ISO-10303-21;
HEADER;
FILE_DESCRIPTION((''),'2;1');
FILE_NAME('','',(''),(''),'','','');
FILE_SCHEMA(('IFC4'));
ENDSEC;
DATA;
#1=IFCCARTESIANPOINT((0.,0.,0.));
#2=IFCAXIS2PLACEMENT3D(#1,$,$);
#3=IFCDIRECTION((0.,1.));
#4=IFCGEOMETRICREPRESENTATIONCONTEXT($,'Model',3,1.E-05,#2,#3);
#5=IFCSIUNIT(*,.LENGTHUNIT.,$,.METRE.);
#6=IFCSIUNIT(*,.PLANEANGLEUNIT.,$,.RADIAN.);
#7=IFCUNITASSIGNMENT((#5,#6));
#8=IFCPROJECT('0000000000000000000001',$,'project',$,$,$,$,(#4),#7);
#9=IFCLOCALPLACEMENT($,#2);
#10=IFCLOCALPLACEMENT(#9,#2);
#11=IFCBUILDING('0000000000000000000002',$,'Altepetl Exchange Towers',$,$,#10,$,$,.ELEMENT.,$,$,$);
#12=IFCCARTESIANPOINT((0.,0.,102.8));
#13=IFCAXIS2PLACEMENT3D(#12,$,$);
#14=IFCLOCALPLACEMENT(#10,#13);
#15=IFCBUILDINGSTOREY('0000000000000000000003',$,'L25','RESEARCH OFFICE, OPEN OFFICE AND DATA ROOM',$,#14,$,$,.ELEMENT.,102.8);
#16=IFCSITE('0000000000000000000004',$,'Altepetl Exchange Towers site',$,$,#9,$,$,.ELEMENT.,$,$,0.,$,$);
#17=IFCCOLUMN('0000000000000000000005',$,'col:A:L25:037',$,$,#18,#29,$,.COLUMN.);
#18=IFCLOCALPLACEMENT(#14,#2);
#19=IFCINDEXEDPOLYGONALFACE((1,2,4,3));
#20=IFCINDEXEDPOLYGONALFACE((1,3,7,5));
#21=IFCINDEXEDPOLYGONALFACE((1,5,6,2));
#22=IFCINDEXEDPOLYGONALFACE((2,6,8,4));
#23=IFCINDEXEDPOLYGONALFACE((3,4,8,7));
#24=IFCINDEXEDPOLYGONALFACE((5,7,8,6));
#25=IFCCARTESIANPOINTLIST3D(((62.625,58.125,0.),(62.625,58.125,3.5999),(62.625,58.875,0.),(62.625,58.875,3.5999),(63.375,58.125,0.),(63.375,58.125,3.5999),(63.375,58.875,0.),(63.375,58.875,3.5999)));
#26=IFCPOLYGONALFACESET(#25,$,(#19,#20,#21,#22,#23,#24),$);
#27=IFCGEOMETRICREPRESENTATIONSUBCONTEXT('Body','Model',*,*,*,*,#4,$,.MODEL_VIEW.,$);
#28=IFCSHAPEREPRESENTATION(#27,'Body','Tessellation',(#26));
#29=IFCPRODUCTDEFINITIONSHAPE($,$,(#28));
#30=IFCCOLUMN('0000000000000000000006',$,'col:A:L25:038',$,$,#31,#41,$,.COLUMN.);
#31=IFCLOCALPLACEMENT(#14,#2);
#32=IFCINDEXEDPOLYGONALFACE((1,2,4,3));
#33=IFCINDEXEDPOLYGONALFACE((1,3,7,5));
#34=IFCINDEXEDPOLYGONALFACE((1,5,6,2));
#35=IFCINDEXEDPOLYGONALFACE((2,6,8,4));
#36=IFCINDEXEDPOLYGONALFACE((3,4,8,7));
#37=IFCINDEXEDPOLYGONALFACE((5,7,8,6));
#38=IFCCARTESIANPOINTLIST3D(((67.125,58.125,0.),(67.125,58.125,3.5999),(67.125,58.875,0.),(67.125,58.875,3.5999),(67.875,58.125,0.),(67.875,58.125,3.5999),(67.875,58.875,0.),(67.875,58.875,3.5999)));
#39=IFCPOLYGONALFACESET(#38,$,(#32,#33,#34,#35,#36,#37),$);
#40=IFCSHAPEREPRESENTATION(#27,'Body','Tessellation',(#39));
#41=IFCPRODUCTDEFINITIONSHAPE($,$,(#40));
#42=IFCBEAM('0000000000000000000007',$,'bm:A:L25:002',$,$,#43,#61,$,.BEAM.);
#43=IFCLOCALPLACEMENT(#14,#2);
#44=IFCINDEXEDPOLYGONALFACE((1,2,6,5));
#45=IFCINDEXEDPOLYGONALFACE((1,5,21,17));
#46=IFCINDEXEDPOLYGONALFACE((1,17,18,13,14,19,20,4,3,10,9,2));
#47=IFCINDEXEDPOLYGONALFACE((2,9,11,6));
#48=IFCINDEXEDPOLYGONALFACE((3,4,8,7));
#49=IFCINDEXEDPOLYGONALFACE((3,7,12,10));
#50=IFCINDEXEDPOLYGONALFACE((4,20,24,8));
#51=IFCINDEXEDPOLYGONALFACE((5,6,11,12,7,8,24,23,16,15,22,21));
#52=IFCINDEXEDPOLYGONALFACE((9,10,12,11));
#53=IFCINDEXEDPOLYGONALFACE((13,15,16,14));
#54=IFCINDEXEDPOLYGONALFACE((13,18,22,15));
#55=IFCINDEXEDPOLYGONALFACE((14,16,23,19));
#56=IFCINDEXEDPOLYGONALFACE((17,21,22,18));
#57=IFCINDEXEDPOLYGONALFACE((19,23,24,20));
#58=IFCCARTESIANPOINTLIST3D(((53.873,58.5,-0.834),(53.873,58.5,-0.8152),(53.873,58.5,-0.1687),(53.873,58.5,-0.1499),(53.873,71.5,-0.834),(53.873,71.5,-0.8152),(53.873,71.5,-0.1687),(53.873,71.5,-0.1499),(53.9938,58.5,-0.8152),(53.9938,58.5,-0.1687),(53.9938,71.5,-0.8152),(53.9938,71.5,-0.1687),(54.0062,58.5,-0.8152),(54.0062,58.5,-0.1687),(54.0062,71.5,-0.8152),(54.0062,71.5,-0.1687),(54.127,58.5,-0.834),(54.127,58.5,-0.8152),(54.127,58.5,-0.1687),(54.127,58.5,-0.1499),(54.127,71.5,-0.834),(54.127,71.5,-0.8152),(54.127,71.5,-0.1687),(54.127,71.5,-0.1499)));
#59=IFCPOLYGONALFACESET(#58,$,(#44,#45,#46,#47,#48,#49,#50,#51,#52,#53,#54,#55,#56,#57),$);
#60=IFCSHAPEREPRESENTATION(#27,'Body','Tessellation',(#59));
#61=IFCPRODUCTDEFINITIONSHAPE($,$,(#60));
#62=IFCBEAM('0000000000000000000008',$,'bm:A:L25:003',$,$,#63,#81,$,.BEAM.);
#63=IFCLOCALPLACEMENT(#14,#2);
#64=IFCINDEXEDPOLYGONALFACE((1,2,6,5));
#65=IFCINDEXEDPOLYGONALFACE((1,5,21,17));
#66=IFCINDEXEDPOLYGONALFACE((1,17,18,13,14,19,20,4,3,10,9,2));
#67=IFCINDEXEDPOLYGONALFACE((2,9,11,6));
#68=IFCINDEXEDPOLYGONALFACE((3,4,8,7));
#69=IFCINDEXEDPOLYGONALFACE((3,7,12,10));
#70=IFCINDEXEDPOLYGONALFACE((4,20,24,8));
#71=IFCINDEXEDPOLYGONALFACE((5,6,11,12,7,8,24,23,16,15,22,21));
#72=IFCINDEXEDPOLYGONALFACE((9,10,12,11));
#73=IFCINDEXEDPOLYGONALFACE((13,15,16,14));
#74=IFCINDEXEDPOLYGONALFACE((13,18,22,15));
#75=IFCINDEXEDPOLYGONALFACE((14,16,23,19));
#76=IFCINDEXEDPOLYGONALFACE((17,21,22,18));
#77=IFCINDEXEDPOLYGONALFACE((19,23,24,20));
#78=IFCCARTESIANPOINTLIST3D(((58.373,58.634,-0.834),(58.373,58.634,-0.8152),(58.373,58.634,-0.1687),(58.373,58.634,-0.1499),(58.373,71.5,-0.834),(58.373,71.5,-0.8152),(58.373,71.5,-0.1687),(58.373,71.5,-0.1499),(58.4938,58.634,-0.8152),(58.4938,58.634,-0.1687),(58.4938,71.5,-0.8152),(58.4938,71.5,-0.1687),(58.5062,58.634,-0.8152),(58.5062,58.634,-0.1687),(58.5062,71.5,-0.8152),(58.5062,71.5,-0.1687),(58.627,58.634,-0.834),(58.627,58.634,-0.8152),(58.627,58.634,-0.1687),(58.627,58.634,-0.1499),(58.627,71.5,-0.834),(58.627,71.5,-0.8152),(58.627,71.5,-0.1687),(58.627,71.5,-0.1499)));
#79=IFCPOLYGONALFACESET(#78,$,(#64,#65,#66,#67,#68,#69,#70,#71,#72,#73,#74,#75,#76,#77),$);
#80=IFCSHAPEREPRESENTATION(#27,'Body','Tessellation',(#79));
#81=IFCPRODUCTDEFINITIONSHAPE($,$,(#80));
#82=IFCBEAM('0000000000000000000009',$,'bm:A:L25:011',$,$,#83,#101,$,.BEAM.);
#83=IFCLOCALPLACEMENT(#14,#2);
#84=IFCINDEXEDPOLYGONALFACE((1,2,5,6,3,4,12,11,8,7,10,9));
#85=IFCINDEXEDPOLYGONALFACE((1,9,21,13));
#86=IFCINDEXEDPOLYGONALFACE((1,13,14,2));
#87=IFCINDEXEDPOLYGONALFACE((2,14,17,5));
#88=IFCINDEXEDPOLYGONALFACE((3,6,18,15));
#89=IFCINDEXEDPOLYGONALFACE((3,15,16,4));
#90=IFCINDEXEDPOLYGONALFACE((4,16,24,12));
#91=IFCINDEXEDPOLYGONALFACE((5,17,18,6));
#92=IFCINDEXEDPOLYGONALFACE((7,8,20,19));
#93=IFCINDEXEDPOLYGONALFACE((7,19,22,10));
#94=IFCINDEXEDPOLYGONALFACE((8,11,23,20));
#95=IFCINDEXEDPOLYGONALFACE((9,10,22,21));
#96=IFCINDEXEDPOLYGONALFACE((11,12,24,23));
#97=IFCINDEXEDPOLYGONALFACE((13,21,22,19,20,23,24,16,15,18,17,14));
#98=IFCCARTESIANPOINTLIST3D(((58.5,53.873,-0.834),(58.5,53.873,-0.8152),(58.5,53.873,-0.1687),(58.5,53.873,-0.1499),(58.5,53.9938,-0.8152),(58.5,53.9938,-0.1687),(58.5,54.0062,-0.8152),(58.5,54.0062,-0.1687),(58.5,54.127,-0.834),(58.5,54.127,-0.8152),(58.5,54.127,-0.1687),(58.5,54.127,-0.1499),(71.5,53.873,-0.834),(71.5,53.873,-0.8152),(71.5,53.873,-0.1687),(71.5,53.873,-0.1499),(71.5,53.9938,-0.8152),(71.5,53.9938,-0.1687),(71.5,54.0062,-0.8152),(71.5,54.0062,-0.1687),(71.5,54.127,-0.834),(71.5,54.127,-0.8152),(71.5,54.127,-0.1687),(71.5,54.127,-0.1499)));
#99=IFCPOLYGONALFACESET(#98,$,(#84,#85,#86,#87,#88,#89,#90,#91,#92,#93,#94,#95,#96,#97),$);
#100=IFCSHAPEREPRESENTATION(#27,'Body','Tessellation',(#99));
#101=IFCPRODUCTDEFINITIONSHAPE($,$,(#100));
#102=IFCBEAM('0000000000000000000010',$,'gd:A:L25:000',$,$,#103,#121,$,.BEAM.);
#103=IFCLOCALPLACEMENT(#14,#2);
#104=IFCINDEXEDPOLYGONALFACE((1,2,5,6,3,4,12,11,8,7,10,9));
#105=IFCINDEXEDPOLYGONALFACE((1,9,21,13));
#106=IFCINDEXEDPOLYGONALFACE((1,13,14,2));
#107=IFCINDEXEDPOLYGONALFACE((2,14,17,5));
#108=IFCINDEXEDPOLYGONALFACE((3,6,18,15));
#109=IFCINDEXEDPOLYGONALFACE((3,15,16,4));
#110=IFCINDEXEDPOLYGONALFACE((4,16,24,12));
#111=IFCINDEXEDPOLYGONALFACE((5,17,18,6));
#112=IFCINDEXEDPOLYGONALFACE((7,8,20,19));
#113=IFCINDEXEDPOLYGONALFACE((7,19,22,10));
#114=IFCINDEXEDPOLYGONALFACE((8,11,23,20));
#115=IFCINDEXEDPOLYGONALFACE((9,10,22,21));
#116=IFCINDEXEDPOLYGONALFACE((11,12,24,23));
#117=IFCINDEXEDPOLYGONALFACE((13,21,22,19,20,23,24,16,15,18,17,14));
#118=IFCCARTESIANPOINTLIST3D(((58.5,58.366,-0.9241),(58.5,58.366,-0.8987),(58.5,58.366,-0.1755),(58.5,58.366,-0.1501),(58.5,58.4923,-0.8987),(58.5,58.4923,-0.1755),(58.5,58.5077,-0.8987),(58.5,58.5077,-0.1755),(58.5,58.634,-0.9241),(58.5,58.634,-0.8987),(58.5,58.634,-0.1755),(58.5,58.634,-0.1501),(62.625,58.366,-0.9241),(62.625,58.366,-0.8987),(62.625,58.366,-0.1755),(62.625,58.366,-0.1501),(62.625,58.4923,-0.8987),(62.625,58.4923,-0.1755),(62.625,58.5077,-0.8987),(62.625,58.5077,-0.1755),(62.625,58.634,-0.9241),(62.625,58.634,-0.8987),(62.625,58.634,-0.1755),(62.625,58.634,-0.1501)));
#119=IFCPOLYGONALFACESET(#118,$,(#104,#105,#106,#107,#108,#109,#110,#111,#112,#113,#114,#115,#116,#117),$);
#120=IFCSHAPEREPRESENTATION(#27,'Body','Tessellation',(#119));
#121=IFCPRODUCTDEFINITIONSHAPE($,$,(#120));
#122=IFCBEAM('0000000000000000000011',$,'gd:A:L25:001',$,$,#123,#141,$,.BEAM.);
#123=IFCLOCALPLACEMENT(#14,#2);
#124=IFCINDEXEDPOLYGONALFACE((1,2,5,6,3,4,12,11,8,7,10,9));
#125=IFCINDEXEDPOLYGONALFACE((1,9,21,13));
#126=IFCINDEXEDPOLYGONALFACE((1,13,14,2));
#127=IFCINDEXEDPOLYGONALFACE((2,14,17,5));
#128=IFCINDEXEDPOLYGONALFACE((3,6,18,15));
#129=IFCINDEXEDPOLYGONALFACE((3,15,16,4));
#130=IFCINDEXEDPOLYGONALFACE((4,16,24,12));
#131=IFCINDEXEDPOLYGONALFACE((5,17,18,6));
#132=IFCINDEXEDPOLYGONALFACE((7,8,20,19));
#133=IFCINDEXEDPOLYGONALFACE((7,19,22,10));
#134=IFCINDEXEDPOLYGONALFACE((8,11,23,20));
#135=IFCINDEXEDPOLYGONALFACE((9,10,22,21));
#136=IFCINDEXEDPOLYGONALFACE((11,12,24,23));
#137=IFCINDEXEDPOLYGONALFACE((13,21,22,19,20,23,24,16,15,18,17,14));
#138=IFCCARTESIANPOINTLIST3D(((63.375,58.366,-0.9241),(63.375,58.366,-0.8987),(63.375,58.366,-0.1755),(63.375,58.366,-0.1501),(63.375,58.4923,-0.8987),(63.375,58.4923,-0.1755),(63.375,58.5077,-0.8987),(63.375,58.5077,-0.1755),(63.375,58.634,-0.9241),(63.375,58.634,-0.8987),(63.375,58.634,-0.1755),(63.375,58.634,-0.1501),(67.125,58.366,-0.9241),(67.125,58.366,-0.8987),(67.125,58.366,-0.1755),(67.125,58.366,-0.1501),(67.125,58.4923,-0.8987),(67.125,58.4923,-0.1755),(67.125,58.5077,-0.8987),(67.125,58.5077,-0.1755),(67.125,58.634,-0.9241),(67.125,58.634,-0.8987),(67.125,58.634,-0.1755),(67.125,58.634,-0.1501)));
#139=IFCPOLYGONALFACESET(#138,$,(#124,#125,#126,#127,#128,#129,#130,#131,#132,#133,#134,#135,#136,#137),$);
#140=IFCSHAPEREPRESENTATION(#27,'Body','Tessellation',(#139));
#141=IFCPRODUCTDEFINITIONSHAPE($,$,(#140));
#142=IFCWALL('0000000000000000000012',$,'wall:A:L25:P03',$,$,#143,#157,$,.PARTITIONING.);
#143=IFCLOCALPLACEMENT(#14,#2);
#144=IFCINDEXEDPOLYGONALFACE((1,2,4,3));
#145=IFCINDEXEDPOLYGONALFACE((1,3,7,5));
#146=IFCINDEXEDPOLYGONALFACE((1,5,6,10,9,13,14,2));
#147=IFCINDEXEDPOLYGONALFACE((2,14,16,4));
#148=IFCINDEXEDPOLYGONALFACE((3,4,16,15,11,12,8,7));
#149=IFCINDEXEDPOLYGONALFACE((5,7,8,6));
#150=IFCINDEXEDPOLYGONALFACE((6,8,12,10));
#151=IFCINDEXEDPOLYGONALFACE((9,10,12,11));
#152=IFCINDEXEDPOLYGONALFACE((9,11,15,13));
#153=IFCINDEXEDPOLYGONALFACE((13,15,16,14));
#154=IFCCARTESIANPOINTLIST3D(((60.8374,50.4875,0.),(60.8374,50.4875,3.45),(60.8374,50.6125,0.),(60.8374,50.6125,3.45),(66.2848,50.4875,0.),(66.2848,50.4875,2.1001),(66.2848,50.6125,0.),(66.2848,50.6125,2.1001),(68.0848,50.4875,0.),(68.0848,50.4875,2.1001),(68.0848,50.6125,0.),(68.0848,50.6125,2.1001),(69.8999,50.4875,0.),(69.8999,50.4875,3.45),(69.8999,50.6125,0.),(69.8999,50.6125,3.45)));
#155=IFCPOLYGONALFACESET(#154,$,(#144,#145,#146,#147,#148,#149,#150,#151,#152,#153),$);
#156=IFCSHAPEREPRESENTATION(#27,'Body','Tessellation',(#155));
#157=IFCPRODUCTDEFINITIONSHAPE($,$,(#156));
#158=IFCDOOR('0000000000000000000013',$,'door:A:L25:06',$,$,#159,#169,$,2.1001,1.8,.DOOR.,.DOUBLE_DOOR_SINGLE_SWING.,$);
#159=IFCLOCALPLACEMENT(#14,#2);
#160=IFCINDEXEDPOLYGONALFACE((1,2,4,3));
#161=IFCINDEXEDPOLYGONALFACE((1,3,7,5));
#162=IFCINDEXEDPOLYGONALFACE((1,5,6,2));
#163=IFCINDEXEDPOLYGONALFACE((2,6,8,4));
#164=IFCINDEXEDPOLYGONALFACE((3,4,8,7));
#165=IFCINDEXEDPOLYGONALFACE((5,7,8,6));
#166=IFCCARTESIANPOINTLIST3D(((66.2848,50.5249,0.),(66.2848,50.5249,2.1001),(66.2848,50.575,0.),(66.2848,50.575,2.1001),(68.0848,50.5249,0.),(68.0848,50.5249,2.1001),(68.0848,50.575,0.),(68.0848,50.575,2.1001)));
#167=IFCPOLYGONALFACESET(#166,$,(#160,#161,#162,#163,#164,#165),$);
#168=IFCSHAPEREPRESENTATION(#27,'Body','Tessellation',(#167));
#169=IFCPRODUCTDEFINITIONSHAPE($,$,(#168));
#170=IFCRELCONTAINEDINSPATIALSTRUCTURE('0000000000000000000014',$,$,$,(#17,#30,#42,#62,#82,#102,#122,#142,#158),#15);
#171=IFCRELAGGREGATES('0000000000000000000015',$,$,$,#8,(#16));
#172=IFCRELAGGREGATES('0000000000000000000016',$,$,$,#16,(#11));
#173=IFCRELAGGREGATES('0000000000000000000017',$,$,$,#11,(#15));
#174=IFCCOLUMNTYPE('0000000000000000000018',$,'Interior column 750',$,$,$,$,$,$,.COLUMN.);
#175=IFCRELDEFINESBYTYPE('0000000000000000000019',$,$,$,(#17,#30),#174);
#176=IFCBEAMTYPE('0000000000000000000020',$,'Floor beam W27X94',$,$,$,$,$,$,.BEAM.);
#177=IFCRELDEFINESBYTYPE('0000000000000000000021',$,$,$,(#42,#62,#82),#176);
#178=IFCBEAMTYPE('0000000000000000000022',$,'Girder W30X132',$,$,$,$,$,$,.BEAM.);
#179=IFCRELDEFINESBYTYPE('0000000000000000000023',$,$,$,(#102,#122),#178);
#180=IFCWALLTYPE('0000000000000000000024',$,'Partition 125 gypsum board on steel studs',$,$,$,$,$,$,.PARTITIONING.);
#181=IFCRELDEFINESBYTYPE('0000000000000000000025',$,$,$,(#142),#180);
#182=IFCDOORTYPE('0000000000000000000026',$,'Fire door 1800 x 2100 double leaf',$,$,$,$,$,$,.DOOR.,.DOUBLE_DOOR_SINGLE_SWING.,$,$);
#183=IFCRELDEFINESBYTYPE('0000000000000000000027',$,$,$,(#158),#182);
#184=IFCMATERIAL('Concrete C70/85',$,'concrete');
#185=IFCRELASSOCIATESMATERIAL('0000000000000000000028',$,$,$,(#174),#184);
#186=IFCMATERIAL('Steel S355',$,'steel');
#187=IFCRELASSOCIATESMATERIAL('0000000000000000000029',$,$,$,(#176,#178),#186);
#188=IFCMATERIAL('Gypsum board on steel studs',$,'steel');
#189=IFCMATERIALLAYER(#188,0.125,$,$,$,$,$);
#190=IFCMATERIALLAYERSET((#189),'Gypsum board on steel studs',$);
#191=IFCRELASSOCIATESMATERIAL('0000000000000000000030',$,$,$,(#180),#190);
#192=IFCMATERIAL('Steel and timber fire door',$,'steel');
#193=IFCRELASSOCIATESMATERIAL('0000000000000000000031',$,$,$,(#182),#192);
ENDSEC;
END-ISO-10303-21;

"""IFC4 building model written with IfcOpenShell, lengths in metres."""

from ifc_helpers import new_model, si_unit, direction, frame, frame_2d, origin, origin_2d, place, context, subcontext, project, spatial, rectangle, i_section, extrude, material, layer, layer_set, material_profile, profile_set, type_object, element, fill, save


model = new_model("IFC4")

# Units and contexts
model_context = context("Model", 3, precision=1e-05, world=origin(), true_north=direction((0.0, 1.0)))
body_context = subcontext(model_context, "Body", "Model", "MODEL_VIEW")
ifc_project = project(units=[si_unit("LENGTHUNIT", "METRE"), si_unit("PLANEANGLEUNIT", "RADIAN")], contexts=[model_context])

# Site, building, storey
site_placement = place(None, origin())
site = spatial("IfcSite", under=ifc_project, at=site_placement, Name="Altepetl Exchange Towers site", CompositionType="ELEMENT", RefElevation=0.0)
building_placement = place(site_placement, origin())
building = spatial("IfcBuilding", under=site, at=building_placement, Name="Altepetl Exchange Towers", CompositionType="ELEMENT")
storey_placement = place(building_placement, frame((0.0, 0.0, 102.8)))
storey = spatial("IfcBuildingStorey", under=building, at=storey_placement, Name="L25", Description="RESEARCH OFFICE, OPEN OFFICE AND DATA ROOM", CompositionType="ELEMENT", Elevation=102.8)

# Columns
ifc_material_1 = material(Name="Concrete C70/85", Category="concrete")
ifc_material_profile_1 = material_profile(ifc_material_1, rectangle(XDim=0.75, YDim=0.75, at=origin_2d()), Name="750 x 750")
ifc_profile_set_1 = profile_set([ifc_material_profile_1], Name="Concrete C70/85")
column_type = type_object("IfcColumnType", Name="Interior column 750", PredefinedType="COLUMN", material=ifc_profile_set_1)
for number, where, name in (
    (1, (63.0, 58.5, 0.0), "col:A:L25:037"),
    (2, (67.5, 58.5, 0.0), "col:A:L25:038"),
):
    element("IfcColumn", number, at=place(storey_placement, frame(where)), inside=storey, type_object=column_type, Name=name, PredefinedType="COLUMN", context=body_context, shape_type="SweptSolid", body=[
        extrude(rectangle(XDim=0.75, YDim=0.75, at=origin_2d()), origin(), (0.0, 0.0, 1.0), 3.5999),
    ])

# Beams
ifc_material_2 = material(Name="Steel S355", Category="steel")
ifc_material_profile_2 = material_profile(ifc_material_2, i_section(OverallWidth=0.2539, OverallDepth=0.6841, WebThickness=0.0125, FlangeThickness=0.0188, at=origin_2d()), Name="W27X94")
ifc_profile_set_2 = profile_set([ifc_material_profile_2], Name="Steel S355")
beam_type_1 = type_object("IfcBeamType", Name="Floor beam W27X94", PredefinedType="BEAM", material=ifc_profile_set_2)
beam_1_placement = place(storey_placement, frame((54.0, 58.5, -0.4919), z_axis=(0.0, 1.0, 0.0), x_axis=(-1.0, 0.0, 0.0)))
element("IfcBeam", 3, at=beam_1_placement, inside=storey, type_object=beam_type_1, Name="bm:A:L25:002", PredefinedType="BEAM", context=body_context, shape_type="SweptSolid", body=[
    extrude(i_section(OverallWidth=0.2539, OverallDepth=0.6841, WebThickness=0.0125, FlangeThickness=0.0188, at=origin_2d()), origin(), (0.0, 0.0, 1.0), 13.0),
])
beam_2_placement = place(storey_placement, frame((58.5, 58.634, -0.4919), z_axis=(0.0, 1.0, 0.0), x_axis=(-1.0, 0.0, 0.0)))
element("IfcBeam", 4, at=beam_2_placement, inside=storey, type_object=beam_type_1, Name="bm:A:L25:003", PredefinedType="BEAM", context=body_context, shape_type="SweptSolid", body=[
    extrude(i_section(OverallWidth=0.2539, OverallDepth=0.6841, WebThickness=0.0125, FlangeThickness=0.0188, at=origin_2d()), origin(), (0.0, 0.0, 1.0), 12.866),
])
beam_3_placement = place(storey_placement, frame((58.5, 54.0, -0.4919), z_axis=(1.0, 0.0, 0.0), x_axis=(0.0, 1.0, 0.0)))
element("IfcBeam", 5, at=beam_3_placement, inside=storey, type_object=beam_type_1, Name="bm:A:L25:011", PredefinedType="BEAM", context=body_context, shape_type="SweptSolid", body=[
    extrude(i_section(OverallWidth=0.2539, OverallDepth=0.6841, WebThickness=0.0125, FlangeThickness=0.0188, at=origin_2d()), origin(), (0.0, 0.0, 1.0), 13.0),
])
ifc_material_profile_3 = material_profile(ifc_material_2, i_section(OverallWidth=0.2681, OverallDepth=0.7739, WebThickness=0.0154, FlangeThickness=0.0254, at=origin_2d()), Name="W30X132")
ifc_profile_set_3 = profile_set([ifc_material_profile_3], Name="Steel S355")
beam_type_2 = type_object("IfcBeamType", Name="Girder W30X132", PredefinedType="BEAM", material=ifc_profile_set_3)
beam_4_placement = place(storey_placement, frame((58.5, 58.5, -0.5371), z_axis=(1.0, 0.0, 0.0), x_axis=(0.0, 1.0, 0.0)))
element("IfcBeam", 6, at=beam_4_placement, inside=storey, type_object=beam_type_2, Name="gd:A:L25:000", PredefinedType="BEAM", context=body_context, shape_type="SweptSolid", body=[
    extrude(i_section(OverallWidth=0.2681, OverallDepth=0.7739, WebThickness=0.0154, FlangeThickness=0.0254, at=origin_2d()), origin(), (0.0, 0.0, 1.0), 4.125),
])
beam_5_placement = place(storey_placement, frame((63.375, 58.5, -0.5371), z_axis=(1.0, 0.0, 0.0), x_axis=(0.0, 1.0, 0.0)))
element("IfcBeam", 7, at=beam_5_placement, inside=storey, type_object=beam_type_2, Name="gd:A:L25:001", PredefinedType="BEAM", context=body_context, shape_type="SweptSolid", body=[
    extrude(i_section(OverallWidth=0.2681, OverallDepth=0.7739, WebThickness=0.0154, FlangeThickness=0.0254, at=origin_2d()), origin(), (0.0, 0.0, 1.0), 3.75),
])

# Wall, opening, door
ifc_material_3 = material(Name="Gypsum board on steel studs", Category="steel")
ifc_layer_1 = layer(ifc_material_3, 0.125)
ifc_layer_set_1 = layer_set([ifc_layer_1], Name="Gypsum board on steel studs")
wall_type_1 = type_object("IfcWallType", Name="Partition 125 gypsum board on steel studs", PredefinedType="PARTITIONING", material=ifc_layer_set_1)
wall_1_placement = place(storey_placement, frame((60.8374, 50.55, 0.0)))
wall_1 = element("IfcWall", 8, at=wall_1_placement, inside=storey, type_object=wall_type_1, Name="wall:A:L25:P03", PredefinedType="PARTITIONING", context=body_context, shape_type="SweptSolid", body=[
    extrude(rectangle(XDim=9.0625, YDim=0.125, at=frame_2d((4.5312, 0.0))), origin(), (0.0, 0.0, 1.0), 3.45),
])
opening_1_placement = place(wall_1_placement, frame((5.4475, 0.0, 0.0)))
opening_1 = element("IfcOpeningElement", 9, at=opening_1_placement, cuts=wall_1, PredefinedType="OPENING", context=body_context, shape_type="SweptSolid", body=[
    extrude(rectangle(XDim=1.8, YDim=2.1001, at=frame_2d((0.8999, 1.05))), frame((0.0, 0.0725, 0.0), z_axis=(0.0, -1.0, 0.0), x_axis=(1.0, 0.0, 0.0)), (0.0, 0.0, 1.0), 0.145),
])
ifc_material_4 = material(Name="Steel and timber fire door", Category="steel")
door_type_1 = type_object("IfcDoorType", Name="Fire door 1800 x 2100 double leaf", OperationType="DOUBLE_DOOR_SINGLE_SWING", PredefinedType="DOOR", material=ifc_material_4)
door_1_placement = place(opening_1_placement, origin())
door_1 = element("IfcDoor", 10, at=door_1_placement, inside=storey, type_object=door_type_1, Name="door:A:L25:06", OperationType="DOUBLE_DOOR_SINGLE_SWING", OverallHeight=2.1001, OverallWidth=1.8, PredefinedType="DOOR", context=body_context, shape_type="SweptSolid", body=[
    extrude(rectangle(XDim=1.8, YDim=2.1001, at=frame_2d((0.8999, 1.05))), frame((0.0, 0.0249, 0.0), z_axis=(0.0, -1.0, 0.0), x_axis=(1.0, 0.0, 0.0)), (0.0, 0.0, 1.0), 0.05),
])
fill(opening_1, door_1)

save(model, "model.ifc")
